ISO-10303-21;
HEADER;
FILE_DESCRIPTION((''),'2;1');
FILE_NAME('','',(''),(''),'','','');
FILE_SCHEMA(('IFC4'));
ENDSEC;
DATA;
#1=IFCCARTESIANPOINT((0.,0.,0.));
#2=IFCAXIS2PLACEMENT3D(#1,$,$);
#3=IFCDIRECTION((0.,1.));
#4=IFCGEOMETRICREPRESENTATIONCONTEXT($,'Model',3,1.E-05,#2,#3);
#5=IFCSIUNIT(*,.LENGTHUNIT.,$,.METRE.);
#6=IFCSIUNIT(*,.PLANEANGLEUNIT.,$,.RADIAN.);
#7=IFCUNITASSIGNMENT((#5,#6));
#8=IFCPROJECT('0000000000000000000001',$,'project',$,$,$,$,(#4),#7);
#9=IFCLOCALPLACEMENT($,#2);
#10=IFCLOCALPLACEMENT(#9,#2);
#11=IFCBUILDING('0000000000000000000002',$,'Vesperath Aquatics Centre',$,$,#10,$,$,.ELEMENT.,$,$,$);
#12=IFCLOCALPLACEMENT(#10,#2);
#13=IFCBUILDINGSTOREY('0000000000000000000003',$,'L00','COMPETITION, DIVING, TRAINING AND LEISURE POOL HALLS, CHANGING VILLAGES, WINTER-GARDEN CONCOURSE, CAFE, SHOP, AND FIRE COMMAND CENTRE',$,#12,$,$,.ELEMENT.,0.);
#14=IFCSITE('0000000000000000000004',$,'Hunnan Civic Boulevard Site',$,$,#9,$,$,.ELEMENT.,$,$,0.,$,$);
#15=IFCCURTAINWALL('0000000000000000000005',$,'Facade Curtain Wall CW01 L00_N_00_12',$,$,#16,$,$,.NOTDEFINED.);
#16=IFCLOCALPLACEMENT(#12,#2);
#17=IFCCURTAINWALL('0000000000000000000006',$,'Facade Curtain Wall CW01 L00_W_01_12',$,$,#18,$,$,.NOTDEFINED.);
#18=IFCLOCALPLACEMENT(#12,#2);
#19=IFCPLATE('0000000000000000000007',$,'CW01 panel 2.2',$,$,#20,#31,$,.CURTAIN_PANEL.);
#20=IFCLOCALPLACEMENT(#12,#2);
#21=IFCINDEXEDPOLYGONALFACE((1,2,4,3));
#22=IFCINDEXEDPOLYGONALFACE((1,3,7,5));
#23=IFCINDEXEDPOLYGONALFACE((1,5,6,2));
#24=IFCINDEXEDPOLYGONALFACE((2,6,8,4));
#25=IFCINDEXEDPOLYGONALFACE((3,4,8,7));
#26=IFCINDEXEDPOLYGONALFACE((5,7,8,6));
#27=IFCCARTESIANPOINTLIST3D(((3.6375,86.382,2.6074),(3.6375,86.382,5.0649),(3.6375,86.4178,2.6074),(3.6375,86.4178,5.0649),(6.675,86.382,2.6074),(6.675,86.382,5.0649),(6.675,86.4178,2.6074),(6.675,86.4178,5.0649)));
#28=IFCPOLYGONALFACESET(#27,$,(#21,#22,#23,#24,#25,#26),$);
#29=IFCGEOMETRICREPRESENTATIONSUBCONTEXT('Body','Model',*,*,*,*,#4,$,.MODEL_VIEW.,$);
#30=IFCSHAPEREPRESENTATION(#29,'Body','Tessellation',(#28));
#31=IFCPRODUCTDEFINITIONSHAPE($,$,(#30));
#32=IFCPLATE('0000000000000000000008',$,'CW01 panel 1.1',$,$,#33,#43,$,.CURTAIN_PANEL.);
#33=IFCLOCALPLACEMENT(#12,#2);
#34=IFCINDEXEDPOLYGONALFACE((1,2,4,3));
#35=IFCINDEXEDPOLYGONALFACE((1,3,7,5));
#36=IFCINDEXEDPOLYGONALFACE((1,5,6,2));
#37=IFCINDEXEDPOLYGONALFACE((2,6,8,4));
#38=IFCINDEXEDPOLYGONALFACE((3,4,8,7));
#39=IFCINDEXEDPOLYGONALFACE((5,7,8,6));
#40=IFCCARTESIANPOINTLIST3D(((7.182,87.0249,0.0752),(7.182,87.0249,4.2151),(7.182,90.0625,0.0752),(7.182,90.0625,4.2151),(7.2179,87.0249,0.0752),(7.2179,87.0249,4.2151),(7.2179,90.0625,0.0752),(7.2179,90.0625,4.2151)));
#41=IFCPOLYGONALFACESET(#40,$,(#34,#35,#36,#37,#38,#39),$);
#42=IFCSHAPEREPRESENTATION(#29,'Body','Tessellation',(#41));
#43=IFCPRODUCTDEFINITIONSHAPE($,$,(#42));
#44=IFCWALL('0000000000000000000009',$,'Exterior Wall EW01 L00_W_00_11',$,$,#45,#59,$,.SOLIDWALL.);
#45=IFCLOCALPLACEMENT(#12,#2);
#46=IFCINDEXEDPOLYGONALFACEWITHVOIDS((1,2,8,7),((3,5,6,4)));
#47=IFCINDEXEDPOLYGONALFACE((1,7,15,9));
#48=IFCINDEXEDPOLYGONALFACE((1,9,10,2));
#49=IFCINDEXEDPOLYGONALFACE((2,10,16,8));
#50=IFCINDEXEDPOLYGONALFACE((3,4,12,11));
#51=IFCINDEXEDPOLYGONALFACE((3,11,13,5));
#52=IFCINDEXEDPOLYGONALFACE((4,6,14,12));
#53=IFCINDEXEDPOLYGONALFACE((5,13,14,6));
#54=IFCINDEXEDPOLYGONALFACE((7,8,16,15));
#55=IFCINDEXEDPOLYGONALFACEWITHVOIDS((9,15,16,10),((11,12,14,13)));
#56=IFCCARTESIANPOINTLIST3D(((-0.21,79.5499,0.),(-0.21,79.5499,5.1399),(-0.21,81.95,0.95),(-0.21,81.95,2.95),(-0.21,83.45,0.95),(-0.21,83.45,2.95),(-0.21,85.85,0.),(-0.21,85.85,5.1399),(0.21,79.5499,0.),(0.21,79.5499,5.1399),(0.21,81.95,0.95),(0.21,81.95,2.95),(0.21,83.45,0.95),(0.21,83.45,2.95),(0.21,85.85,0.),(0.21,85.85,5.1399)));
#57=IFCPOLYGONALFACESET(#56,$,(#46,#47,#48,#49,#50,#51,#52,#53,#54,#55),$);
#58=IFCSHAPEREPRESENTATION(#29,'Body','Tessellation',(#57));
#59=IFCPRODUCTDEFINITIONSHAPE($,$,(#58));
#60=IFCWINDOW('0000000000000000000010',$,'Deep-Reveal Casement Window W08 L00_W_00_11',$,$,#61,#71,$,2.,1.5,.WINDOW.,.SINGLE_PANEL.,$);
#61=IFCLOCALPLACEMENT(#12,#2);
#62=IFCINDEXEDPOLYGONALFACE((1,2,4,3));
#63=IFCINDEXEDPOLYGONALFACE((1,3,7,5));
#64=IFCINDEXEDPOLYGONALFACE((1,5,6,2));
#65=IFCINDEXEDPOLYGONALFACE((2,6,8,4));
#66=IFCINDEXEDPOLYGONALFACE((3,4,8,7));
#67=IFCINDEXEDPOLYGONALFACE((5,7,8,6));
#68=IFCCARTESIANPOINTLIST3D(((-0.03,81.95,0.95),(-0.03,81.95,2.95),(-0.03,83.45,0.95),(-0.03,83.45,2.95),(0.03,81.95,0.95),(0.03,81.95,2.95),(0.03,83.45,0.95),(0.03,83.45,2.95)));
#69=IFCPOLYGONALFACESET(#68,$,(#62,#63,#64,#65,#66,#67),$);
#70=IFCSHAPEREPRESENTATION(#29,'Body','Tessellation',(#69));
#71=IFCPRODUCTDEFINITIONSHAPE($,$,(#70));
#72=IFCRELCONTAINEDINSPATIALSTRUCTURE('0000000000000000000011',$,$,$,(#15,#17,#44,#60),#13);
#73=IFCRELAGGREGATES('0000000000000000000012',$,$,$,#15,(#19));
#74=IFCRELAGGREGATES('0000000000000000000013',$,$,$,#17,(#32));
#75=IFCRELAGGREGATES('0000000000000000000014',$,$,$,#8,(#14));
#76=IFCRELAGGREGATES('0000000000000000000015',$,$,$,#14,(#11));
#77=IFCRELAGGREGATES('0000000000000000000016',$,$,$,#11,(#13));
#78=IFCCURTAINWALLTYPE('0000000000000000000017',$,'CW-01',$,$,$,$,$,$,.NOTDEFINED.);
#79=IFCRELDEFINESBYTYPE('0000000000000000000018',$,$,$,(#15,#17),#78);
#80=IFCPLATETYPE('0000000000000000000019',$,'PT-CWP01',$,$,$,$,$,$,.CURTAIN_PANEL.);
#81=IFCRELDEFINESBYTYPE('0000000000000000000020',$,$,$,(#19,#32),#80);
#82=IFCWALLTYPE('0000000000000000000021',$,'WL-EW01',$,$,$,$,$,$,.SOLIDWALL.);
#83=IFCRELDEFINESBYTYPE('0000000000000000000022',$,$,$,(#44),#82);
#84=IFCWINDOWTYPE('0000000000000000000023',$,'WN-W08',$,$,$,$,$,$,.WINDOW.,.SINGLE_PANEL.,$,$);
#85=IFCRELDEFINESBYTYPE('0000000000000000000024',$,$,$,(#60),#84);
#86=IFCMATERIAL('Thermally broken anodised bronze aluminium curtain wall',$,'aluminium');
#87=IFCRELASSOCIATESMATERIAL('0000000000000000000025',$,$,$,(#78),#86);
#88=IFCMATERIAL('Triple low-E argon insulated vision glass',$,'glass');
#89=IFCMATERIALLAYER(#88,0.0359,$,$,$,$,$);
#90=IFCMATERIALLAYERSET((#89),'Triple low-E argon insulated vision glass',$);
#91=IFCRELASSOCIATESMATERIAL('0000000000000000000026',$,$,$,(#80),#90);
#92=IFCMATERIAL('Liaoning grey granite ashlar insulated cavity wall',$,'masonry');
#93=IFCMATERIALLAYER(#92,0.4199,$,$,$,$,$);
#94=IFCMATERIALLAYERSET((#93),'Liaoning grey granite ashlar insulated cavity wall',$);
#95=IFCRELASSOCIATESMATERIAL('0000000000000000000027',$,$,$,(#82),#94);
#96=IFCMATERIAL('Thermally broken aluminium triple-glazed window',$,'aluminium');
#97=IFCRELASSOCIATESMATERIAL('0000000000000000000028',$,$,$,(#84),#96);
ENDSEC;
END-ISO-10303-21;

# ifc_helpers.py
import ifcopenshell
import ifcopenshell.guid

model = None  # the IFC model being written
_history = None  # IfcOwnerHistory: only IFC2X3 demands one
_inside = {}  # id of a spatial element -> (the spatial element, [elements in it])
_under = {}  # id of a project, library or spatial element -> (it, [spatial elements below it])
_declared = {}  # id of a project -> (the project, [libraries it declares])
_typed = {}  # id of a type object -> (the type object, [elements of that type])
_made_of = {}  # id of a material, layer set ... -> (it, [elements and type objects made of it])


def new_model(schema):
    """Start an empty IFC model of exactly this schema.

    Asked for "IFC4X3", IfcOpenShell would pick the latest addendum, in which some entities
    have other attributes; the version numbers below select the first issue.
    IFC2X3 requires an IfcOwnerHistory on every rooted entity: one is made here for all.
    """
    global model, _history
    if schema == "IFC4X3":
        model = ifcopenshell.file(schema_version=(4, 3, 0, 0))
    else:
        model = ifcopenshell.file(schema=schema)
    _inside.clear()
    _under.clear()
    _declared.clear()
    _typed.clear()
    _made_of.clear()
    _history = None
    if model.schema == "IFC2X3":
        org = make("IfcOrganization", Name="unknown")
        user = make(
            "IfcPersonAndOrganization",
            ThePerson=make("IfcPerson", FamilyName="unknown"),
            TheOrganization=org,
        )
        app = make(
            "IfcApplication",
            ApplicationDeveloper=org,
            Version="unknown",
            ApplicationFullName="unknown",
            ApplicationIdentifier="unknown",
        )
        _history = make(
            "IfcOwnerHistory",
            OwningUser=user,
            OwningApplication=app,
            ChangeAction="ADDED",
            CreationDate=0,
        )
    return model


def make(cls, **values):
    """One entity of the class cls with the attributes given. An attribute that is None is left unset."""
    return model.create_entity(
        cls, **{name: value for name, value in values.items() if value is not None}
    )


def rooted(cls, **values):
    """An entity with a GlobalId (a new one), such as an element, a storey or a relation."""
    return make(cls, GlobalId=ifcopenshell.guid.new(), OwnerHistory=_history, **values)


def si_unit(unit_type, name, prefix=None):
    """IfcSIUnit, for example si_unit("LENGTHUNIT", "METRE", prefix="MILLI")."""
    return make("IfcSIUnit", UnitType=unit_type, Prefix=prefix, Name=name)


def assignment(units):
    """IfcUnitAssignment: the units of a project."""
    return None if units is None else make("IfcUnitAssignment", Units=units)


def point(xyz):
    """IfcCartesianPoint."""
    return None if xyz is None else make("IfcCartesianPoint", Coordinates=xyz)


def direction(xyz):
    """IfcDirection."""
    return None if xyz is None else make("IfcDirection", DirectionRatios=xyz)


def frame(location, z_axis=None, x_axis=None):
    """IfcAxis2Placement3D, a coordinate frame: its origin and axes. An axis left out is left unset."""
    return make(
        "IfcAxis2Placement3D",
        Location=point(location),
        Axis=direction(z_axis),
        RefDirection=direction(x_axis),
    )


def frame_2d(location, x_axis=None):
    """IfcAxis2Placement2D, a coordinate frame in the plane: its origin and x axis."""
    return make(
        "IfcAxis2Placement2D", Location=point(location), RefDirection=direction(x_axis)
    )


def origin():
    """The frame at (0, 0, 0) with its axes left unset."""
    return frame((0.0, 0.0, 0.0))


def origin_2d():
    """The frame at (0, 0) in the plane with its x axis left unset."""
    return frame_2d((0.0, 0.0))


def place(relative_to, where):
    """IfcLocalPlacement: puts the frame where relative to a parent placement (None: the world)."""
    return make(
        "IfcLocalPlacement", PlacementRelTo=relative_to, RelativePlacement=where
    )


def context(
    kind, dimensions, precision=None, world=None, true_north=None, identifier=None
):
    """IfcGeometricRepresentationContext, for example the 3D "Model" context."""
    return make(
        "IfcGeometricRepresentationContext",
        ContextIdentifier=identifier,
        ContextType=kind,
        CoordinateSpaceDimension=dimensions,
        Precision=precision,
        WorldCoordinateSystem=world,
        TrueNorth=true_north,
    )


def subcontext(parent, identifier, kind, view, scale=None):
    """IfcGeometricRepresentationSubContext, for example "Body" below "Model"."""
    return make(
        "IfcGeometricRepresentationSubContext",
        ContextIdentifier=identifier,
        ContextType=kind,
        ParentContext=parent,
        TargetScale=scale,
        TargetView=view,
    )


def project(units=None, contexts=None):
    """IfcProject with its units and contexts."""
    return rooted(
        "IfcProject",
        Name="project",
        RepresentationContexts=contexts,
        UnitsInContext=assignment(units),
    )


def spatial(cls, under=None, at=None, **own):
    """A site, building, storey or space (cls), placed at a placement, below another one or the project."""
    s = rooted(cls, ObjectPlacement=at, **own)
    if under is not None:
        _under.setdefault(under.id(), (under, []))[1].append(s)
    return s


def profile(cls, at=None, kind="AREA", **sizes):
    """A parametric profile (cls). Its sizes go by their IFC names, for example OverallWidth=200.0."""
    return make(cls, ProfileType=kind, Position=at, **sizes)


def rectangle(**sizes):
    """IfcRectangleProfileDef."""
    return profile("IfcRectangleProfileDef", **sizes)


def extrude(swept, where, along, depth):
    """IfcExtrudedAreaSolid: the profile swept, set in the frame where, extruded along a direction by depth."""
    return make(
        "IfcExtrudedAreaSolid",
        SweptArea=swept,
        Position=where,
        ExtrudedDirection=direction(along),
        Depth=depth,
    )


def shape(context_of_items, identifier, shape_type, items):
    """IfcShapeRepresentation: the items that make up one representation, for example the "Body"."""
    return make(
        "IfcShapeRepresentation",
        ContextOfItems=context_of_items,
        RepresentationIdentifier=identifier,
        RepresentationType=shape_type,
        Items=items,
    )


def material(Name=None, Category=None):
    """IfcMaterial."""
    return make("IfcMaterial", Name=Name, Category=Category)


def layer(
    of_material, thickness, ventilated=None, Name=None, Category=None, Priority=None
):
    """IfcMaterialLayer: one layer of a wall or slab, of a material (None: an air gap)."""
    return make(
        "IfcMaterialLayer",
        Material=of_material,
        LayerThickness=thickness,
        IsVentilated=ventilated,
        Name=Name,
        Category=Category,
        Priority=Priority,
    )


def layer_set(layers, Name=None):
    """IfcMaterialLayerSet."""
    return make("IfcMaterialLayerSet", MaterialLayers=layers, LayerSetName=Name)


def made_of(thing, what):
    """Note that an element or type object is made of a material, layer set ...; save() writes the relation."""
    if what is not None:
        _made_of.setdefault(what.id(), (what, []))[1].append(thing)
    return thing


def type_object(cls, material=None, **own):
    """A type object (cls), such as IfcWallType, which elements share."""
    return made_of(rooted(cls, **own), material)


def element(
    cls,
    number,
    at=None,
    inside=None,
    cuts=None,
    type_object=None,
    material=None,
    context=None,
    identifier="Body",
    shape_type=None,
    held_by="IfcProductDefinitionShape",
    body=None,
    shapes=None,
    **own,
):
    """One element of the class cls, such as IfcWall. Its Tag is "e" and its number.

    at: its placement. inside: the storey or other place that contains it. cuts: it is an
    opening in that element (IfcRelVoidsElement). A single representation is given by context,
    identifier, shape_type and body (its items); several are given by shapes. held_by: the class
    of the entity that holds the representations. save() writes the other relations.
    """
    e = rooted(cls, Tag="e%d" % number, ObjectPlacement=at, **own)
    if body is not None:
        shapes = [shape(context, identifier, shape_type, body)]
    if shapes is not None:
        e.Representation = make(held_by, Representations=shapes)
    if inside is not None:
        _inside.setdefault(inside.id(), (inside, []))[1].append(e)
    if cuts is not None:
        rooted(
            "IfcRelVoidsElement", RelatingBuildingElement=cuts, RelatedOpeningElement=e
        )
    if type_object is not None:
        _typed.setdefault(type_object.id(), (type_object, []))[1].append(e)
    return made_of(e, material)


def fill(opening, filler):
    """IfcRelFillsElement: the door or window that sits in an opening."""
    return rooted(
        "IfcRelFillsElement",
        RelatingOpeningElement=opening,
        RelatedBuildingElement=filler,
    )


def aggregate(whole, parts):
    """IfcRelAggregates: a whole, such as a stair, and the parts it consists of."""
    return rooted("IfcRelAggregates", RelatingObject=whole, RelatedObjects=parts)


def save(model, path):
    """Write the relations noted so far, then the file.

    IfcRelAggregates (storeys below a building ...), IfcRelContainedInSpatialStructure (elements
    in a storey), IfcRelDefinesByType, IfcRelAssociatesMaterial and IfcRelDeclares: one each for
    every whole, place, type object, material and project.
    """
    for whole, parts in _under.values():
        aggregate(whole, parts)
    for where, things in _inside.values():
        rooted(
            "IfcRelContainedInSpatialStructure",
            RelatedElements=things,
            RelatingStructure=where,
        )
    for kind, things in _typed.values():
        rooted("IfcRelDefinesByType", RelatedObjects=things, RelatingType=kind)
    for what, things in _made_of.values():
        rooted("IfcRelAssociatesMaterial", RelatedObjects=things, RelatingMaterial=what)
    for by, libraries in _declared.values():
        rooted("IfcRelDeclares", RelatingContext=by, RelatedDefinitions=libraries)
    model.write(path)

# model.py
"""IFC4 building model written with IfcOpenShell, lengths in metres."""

from ifc_helpers import new_model, si_unit, direction, frame, frame_2d, origin, origin_2d, place, context, subcontext, project, spatial, rectangle, extrude, material, layer, layer_set, type_object, element, fill, aggregate, save


model = new_model("IFC4")

# Units and contexts
model_context = context("Model", 3, precision=1e-05, world=origin(), true_north=direction((0.0, 1.0)))
body_context = subcontext(model_context, "Body", "Model", "MODEL_VIEW")
ifc_project = project(units=[si_unit("LENGTHUNIT", "METRE"), si_unit("PLANEANGLEUNIT", "RADIAN")], contexts=[model_context])

# Site, building, storey
site_placement = place(None, origin())
site = spatial("IfcSite", under=ifc_project, at=site_placement, Name="Hunnan Civic Boulevard Site", CompositionType="ELEMENT", RefElevation=0.0)
building_placement = place(site_placement, origin())
building = spatial("IfcBuilding", under=site, at=building_placement, Name="Vesperath Aquatics Centre", CompositionType="ELEMENT")
storey_placement = place(building_placement, origin())
storey = spatial("IfcBuildingStorey", under=building, at=storey_placement, Name="L00", Description="COMPETITION, DIVING, TRAINING AND LEISURE POOL HALLS, CHANGING VILLAGES, WINTER-GARDEN CONCOURSE, CAFE, SHOP, AND FIRE COMMAND CENTRE", CompositionType="ELEMENT", Elevation=0.0)

# Curtain walls
ifc_material_1 = material(Name="Thermally broken anodised bronze aluminium curtain wall", Category="aluminium")
curtain_wall_type = type_object("IfcCurtainWallType", Name="CW-01", PredefinedType="NOTDEFINED", material=ifc_material_1)
curtain_wall_1_placement = place(storey_placement, origin())
curtain_wall_1 = element("IfcCurtainWall", 1, at=curtain_wall_1_placement, inside=storey, type_object=curtain_wall_type, Name="Facade Curtain Wall CW01 L00_N_00_12", PredefinedType="NOTDEFINED")
curtain_wall_2_placement = place(storey_placement, origin())
curtain_wall_2 = element("IfcCurtainWall", 2, at=curtain_wall_2_placement, inside=storey, type_object=curtain_wall_type, Name="Facade Curtain Wall CW01 L00_W_01_12", PredefinedType="NOTDEFINED")

# Plates
ifc_material_2 = material(Name="Triple low-E argon insulated vision glass", Category="glass")
ifc_layer_1 = layer(ifc_material_2, 0.0359)
ifc_layer_set_1 = layer_set([ifc_layer_1], Name="Triple low-E argon insulated vision glass")
plate_type = type_object("IfcPlateType", Name="PT-CWP01", PredefinedType="CURTAIN_PANEL", material=ifc_layer_set_1)
plate_1_placement = place(storey_placement, frame((5.1562, 86.3999, 2.6074), z_axis=(0.0, 0.0, 1.0), x_axis=(1.0, 0.0, 0.0)))
plate_1 = element("IfcPlate", 3, at=plate_1_placement, type_object=plate_type, Name="CW01 panel 2.2", PredefinedType="CURTAIN_PANEL", context=body_context, shape_type="SweptSolid", body=[
    extrude(rectangle(XDim=3.0376, YDim=0.0359, at=origin_2d()), origin(), (0.0, 0.0, 1.0), 2.4575),
])
aggregate(curtain_wall_1, [plate_1])
plate_2_placement = place(storey_placement, frame((7.2, 88.5437, 0.0752), z_axis=(0.0, 0.0, 1.0), x_axis=(0.0, 1.0, 0.0)))
plate_2 = element("IfcPlate", 4, at=plate_2_placement, type_object=plate_type, Name="CW01 panel 1.1", PredefinedType="CURTAIN_PANEL", context=body_context, shape_type="SweptSolid", body=[
    extrude(rectangle(XDim=3.0376, YDim=0.0359, at=origin_2d()), origin(), (0.0, 0.0, 1.0), 4.1399),
])
aggregate(curtain_wall_2, [plate_2])

# Wall, opening, window
ifc_material_3 = material(Name="Liaoning grey granite ashlar insulated cavity wall", Category="masonry")
ifc_layer_2 = layer(ifc_material_3, 0.4199)
ifc_layer_set_2 = layer_set([ifc_layer_2], Name="Liaoning grey granite ashlar insulated cavity wall")
wall_type = type_object("IfcWallType", Name="WL-EW01", PredefinedType="SOLIDWALL", material=ifc_layer_set_2)
wall_placement = place(storey_placement, frame((0.0, 79.55, 0.0), z_axis=(0.0, 0.0, 1.0), x_axis=(0.0, 1.0, 0.0)))
wall = element("IfcWall", 5, at=wall_placement, inside=storey, type_object=wall_type, Name="Exterior Wall EW01 L00_W_00_11", PredefinedType="SOLIDWALL", context=body_context, shape_type="SweptSolid", body=[
    extrude(rectangle(XDim=6.3, YDim=0.4199, at=frame_2d((3.1499, 0.0))), origin(), (0.0, 0.0, 1.0), 5.1399),
])
opening_placement = place(wall_placement, frame((2.3999, 0.0, 0.95)))
opening = element("IfcOpeningElement", 6, at=opening_placement, cuts=wall, PredefinedType="OPENING", context=body_context, shape_type="SweptSolid", body=[
    extrude(rectangle(XDim=1.5, YDim=2.0, at=frame_2d((0.75, 1.0))), frame((0.0, 0.2249, 0.0), z_axis=(0.0, -1.0, 0.0), x_axis=(1.0, 0.0, 0.0)), (0.0, 0.0, 1.0), 0.4497),
])
ifc_material_4 = material(Name="Thermally broken aluminium triple-glazed window", Category="aluminium")
window_type = type_object("IfcWindowType", Name="WN-W08", PartitioningType="SINGLE_PANEL", PredefinedType="WINDOW", material=ifc_material_4)
window_placement = place(opening_placement, origin())
window = element("IfcWindow", 7, at=window_placement, inside=storey, type_object=window_type, Name="Deep-Reveal Casement Window W08 L00_W_00_11", OverallHeight=2.0, OverallWidth=1.5, PartitioningType="SINGLE_PANEL", PredefinedType="WINDOW", context=body_context, shape_type="SweptSolid", body=[
    extrude(rectangle(XDim=1.5, YDim=2.0, at=frame_2d((0.75, 1.0))), frame((0.0, 0.03, 0.0), z_axis=(0.0, -1.0, 0.0), x_axis=(1.0, 0.0, 0.0)), (0.0, 0.0, 1.0), 0.0601),
])
fill(opening, window)

save(model, "model.ifc")
